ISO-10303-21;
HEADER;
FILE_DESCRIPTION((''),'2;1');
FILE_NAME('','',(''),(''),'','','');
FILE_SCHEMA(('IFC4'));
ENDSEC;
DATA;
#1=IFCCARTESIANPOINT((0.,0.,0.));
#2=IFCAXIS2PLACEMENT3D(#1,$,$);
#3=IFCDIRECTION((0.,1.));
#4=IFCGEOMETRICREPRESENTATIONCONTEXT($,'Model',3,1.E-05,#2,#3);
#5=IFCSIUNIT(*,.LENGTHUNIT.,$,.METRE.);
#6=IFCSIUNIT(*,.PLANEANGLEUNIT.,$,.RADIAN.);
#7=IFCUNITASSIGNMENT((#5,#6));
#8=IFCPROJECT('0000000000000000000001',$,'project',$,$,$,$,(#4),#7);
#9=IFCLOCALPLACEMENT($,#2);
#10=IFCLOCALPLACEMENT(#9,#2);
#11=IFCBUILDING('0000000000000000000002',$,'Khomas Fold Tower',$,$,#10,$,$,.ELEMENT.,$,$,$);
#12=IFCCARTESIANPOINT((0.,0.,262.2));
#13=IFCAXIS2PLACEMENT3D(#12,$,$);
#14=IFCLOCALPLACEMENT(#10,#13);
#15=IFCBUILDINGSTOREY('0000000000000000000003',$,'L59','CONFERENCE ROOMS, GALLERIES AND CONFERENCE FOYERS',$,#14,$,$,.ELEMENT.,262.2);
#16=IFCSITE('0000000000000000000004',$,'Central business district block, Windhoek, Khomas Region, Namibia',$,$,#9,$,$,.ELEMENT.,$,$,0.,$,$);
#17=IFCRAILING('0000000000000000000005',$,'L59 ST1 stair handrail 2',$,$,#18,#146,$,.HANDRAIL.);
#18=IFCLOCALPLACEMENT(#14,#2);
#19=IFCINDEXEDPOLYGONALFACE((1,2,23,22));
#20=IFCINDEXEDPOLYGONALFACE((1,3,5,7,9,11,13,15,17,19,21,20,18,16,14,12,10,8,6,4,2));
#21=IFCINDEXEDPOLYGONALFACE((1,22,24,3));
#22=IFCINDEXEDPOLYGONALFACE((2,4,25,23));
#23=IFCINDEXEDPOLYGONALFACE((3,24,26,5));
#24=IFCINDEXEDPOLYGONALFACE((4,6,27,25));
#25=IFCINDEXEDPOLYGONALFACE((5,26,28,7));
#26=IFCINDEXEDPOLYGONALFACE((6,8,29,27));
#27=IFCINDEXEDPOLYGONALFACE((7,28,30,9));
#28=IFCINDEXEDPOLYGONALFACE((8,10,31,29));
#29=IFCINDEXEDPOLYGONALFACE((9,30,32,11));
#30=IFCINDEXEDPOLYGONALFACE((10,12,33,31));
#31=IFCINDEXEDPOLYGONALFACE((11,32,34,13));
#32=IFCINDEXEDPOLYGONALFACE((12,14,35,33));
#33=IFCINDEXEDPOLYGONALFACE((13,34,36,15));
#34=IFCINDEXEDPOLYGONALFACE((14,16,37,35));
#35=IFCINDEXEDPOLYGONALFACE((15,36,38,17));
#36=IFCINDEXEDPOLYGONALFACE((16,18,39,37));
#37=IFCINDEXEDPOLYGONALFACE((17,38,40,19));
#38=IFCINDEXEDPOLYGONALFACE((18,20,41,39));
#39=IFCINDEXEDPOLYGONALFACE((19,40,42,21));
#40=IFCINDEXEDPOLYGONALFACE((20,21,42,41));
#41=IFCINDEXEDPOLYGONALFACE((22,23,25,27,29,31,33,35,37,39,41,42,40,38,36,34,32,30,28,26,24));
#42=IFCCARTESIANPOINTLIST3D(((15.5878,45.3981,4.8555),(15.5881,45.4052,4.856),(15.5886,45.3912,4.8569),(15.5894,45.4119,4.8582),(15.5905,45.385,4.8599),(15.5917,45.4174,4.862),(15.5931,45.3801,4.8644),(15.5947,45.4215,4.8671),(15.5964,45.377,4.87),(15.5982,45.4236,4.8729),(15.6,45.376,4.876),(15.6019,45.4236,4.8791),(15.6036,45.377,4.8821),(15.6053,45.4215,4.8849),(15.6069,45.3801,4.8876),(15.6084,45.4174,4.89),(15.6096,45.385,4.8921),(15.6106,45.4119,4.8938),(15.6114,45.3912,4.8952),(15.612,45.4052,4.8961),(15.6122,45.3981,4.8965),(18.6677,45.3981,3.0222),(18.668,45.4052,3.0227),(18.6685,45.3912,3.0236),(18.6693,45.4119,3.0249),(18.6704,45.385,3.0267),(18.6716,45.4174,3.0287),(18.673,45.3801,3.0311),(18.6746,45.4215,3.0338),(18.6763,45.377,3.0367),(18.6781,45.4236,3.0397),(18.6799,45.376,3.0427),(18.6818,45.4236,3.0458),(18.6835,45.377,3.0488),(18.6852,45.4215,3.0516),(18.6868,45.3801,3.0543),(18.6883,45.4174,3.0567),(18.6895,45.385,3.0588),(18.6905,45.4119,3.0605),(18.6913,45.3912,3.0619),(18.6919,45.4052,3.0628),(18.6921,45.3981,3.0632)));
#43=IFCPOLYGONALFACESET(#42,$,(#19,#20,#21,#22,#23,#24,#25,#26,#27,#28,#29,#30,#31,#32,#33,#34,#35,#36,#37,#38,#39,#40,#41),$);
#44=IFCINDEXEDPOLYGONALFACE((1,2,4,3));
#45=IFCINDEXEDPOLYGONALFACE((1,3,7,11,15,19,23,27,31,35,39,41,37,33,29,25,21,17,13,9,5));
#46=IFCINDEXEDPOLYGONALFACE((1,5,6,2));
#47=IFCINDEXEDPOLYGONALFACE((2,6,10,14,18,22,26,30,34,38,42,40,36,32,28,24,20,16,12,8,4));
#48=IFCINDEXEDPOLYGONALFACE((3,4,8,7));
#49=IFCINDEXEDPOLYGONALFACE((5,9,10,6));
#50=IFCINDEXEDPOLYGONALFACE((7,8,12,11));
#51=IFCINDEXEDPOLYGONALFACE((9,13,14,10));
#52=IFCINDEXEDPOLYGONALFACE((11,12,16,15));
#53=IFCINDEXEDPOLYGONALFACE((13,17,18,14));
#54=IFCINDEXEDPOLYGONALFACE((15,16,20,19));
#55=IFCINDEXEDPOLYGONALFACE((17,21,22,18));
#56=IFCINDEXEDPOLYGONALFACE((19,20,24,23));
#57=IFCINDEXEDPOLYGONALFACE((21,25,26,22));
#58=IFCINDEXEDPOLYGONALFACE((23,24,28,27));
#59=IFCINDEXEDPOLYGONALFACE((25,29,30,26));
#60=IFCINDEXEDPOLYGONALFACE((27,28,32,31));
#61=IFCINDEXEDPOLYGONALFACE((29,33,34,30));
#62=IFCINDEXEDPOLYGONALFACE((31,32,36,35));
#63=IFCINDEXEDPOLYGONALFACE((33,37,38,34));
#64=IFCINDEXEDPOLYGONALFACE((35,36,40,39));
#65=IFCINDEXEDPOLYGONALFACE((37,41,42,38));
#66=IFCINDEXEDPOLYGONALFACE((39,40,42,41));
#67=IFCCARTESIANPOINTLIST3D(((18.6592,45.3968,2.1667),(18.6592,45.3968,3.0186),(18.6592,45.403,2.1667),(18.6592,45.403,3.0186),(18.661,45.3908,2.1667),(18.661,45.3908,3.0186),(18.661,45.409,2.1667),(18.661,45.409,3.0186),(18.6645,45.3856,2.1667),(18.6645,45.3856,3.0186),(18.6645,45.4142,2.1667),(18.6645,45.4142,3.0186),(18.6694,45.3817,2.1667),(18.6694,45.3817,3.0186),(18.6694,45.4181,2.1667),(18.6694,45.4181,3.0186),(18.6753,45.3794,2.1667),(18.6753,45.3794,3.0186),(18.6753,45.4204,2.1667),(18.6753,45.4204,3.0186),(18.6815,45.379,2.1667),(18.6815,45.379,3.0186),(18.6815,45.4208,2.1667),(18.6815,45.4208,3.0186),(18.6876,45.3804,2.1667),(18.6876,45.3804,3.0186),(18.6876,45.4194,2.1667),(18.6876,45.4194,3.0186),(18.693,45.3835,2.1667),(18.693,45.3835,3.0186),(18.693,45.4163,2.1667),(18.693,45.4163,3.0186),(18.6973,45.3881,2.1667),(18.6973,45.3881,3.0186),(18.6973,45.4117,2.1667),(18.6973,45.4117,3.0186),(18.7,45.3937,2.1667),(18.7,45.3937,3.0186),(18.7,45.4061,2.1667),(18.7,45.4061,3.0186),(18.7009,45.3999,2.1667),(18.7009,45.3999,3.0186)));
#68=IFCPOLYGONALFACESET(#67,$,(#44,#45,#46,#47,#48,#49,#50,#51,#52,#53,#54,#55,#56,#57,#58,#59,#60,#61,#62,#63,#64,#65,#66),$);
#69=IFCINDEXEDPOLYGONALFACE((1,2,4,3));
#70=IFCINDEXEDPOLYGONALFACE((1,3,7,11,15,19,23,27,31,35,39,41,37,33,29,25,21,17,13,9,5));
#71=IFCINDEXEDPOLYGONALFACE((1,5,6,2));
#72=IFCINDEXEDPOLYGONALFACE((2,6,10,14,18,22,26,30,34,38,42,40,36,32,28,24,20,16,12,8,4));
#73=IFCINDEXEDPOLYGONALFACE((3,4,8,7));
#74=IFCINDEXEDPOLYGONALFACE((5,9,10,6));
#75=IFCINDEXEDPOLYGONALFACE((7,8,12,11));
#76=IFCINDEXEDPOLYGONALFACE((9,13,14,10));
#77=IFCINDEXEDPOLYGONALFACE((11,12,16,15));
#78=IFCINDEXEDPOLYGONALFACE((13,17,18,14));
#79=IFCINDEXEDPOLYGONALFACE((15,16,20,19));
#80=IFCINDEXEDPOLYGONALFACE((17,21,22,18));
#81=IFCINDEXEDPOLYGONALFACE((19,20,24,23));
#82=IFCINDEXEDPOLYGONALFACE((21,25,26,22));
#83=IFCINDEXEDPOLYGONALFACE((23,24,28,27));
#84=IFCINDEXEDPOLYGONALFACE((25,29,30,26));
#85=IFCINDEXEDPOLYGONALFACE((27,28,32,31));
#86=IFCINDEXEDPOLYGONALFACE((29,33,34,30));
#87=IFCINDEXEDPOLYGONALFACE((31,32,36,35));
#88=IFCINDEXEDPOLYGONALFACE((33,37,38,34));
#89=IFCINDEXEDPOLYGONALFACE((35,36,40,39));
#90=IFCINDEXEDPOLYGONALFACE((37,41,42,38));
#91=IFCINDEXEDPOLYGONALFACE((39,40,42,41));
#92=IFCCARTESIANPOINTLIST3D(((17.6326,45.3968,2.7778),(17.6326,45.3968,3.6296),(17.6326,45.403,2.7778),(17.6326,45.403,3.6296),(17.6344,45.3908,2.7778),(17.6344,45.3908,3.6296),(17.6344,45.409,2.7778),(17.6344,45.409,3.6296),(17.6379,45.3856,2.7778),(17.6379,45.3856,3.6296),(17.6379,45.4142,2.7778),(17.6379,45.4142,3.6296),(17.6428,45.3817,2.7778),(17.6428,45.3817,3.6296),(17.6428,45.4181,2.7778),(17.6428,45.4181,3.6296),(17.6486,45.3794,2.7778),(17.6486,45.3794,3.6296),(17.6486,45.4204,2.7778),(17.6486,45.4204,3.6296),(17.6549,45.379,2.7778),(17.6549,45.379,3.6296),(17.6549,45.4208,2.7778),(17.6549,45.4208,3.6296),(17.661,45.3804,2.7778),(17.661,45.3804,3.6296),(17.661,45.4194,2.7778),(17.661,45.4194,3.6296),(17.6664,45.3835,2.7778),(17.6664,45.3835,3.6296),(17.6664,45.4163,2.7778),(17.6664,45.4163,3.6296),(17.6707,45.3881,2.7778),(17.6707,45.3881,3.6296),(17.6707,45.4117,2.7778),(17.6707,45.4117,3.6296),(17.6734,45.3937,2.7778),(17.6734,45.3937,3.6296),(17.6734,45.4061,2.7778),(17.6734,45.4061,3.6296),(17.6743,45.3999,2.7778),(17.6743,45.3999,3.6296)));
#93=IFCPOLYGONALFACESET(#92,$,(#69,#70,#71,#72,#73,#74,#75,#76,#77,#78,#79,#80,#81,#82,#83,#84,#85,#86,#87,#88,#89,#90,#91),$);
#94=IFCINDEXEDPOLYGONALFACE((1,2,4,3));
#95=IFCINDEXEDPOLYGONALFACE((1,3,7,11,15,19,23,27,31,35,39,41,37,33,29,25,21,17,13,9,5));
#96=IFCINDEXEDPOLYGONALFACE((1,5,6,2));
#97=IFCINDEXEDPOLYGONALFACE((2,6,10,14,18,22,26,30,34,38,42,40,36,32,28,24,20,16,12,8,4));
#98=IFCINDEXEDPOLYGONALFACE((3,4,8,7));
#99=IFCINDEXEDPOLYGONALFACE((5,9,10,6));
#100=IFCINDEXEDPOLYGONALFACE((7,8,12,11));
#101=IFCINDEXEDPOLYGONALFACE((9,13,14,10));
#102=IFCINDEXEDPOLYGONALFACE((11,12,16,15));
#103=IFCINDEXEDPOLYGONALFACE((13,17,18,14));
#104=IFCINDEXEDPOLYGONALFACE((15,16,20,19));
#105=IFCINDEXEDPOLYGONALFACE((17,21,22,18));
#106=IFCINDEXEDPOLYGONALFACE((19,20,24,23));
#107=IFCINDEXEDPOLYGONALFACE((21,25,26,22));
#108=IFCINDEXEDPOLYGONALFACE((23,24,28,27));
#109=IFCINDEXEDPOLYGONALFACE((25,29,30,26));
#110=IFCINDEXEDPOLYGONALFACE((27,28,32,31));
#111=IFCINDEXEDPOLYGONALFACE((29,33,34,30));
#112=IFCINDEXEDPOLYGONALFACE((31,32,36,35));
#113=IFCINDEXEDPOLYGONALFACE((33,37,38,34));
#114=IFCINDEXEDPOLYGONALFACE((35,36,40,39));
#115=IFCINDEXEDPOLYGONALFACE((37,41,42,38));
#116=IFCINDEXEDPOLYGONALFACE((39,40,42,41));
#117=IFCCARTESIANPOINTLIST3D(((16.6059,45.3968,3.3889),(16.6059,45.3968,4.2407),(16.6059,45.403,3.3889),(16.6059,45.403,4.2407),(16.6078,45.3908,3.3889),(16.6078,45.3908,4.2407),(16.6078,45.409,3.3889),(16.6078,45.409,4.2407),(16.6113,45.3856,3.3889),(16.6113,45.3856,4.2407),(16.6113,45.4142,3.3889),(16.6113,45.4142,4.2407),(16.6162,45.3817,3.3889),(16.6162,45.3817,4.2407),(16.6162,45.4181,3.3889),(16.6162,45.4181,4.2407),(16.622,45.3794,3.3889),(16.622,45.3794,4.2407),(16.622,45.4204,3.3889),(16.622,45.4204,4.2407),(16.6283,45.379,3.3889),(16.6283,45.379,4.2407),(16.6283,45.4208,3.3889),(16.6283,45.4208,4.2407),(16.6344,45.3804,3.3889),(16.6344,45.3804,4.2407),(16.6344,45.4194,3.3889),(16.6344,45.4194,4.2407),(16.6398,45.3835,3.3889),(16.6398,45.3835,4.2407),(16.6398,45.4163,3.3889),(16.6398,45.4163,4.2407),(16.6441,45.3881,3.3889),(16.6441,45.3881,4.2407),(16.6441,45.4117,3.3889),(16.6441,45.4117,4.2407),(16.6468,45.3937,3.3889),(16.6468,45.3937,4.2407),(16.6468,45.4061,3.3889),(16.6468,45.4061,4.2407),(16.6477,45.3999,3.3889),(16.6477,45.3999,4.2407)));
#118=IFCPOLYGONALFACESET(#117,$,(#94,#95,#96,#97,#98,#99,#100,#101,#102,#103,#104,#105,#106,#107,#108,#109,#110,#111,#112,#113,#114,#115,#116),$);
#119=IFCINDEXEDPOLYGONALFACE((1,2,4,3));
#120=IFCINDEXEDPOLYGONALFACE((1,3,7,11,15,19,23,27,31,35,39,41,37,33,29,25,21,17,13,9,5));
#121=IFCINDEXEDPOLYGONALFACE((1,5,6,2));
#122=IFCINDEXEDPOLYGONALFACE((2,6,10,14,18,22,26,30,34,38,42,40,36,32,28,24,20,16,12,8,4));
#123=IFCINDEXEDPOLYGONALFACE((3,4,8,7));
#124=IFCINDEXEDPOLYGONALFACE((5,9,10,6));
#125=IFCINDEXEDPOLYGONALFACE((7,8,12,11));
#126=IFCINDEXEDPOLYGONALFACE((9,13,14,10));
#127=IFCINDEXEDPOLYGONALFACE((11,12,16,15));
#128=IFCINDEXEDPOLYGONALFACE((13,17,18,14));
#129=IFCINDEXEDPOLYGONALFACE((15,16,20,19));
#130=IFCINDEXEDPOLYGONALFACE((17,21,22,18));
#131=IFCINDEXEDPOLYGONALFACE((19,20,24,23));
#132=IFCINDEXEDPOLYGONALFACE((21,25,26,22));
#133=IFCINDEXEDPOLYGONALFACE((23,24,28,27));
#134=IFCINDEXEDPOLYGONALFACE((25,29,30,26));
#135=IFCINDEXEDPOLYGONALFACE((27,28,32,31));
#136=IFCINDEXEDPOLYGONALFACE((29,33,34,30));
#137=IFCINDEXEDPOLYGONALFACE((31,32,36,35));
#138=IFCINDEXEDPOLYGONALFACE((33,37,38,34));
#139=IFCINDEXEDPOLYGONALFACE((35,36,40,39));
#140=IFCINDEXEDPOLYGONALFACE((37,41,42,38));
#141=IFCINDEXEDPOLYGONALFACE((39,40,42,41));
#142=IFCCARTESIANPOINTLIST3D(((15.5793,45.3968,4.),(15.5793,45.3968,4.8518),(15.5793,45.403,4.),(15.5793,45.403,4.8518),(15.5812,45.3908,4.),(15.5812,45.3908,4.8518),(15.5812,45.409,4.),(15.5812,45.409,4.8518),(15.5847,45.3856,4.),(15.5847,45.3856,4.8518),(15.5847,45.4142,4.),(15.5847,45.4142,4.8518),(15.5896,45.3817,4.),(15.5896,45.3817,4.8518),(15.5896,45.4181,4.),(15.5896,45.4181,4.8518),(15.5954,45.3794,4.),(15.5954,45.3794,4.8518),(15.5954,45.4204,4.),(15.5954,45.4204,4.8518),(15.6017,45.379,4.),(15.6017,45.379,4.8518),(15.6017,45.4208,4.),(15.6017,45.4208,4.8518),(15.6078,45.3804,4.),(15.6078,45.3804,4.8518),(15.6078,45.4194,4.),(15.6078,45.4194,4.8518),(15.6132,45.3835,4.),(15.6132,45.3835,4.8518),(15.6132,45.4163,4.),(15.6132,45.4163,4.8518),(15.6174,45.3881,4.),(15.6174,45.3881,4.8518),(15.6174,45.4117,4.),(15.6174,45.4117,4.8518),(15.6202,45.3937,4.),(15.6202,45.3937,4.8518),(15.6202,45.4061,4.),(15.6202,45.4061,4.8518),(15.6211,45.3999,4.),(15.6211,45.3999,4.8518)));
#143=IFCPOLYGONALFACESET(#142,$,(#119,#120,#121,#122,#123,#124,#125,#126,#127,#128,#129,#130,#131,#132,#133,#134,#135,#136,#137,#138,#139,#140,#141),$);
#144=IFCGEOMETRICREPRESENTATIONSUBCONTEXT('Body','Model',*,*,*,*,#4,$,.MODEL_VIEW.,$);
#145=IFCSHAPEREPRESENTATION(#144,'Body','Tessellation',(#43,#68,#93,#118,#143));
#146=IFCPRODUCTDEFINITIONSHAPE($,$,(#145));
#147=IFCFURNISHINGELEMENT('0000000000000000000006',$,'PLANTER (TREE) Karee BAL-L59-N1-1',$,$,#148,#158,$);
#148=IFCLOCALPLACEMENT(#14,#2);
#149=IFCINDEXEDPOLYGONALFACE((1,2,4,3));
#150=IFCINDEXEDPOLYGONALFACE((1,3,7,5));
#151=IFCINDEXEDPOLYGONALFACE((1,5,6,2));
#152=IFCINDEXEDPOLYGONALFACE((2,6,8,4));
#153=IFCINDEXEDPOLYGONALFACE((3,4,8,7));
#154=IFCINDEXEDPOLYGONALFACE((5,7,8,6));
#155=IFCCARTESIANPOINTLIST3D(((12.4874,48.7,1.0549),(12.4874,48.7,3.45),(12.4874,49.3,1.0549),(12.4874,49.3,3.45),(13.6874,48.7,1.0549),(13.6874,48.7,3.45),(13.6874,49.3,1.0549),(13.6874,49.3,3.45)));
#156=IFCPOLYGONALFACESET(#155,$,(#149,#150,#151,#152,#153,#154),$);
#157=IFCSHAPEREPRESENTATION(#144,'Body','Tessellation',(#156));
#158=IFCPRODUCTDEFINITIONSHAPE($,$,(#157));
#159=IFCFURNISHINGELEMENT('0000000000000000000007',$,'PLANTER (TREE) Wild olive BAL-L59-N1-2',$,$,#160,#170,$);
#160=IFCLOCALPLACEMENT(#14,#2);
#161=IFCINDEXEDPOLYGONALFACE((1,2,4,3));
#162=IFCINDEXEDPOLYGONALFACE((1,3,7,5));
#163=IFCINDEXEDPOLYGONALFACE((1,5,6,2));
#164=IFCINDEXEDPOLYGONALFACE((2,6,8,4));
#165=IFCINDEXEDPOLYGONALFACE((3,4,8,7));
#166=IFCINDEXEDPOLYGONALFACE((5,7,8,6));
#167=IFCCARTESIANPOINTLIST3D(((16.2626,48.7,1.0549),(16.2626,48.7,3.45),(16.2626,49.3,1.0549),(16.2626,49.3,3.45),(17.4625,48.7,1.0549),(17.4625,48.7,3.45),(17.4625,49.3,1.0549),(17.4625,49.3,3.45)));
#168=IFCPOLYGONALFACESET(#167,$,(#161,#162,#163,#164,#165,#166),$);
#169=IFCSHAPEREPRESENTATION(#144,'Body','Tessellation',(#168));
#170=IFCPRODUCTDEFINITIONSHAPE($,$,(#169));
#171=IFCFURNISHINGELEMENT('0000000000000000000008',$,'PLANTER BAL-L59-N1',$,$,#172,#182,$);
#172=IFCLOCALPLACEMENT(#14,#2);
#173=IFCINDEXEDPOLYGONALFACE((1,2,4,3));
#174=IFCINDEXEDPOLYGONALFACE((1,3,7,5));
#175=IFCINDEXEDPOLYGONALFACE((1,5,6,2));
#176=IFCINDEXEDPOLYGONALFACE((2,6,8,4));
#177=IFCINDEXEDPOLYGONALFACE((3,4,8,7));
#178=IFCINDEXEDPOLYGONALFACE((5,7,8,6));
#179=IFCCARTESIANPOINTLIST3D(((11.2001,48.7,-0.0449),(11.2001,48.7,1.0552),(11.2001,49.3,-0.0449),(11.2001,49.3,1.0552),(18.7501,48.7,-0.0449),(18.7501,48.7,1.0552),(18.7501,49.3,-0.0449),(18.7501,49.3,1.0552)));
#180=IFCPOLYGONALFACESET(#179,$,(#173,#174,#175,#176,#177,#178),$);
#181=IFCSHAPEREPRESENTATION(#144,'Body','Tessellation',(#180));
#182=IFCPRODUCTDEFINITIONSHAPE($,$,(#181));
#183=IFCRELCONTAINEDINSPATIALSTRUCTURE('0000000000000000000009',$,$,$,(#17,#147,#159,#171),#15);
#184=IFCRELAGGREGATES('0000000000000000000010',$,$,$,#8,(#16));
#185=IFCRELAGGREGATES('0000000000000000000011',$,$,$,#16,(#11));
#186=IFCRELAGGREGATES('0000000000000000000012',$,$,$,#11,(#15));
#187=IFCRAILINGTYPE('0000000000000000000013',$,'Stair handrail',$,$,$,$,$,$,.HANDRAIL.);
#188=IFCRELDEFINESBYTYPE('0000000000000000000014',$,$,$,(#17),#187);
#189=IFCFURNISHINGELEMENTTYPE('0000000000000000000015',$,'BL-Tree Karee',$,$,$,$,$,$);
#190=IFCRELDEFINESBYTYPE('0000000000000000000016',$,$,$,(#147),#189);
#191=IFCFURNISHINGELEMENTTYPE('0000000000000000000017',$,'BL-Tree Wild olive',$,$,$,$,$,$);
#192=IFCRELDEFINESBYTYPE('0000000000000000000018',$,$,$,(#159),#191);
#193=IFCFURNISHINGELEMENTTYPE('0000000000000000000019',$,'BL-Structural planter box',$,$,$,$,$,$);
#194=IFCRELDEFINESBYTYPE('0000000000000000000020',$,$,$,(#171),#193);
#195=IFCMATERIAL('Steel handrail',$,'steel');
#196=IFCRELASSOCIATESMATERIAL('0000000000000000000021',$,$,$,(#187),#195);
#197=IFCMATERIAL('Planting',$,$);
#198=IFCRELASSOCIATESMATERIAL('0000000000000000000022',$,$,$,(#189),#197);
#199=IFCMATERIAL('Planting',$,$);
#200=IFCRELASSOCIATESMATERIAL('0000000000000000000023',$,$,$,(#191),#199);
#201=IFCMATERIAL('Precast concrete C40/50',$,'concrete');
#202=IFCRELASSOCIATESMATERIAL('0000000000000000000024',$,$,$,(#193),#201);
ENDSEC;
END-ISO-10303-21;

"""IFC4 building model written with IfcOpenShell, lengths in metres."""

from ifc_helpers import new_model, si_unit, direction, frame, origin, origin_2d, place, context, subcontext, project, spatial, rectangle, circle, extrude, source, transform, mapped, material, type_object, element, save


model = new_model("IFC4")

# Units and contexts
model_context = context("Model", 3, precision=1e-05, world=origin(), true_north=direction((0.0, 1.0)))
body_context = subcontext(model_context, "Body", "Model", "MODEL_VIEW")
ifc_project = project(units=[si_unit("LENGTHUNIT", "METRE"), si_unit("PLANEANGLEUNIT", "RADIAN")], contexts=[model_context])

# Site, building, storey
site_placement = place(None, origin())
site = spatial("IfcSite", under=ifc_project, at=site_placement, Name="Central business district block, Windhoek, Khomas Region, Namibia", CompositionType="ELEMENT", RefElevation=0.0)
building_placement = place(site_placement, origin())
building = spatial("IfcBuilding", under=site, at=building_placement, Name="Khomas Fold Tower", CompositionType="ELEMENT")
storey_placement = place(building_placement, frame((0.0, 0.0, 262.2)))
storey = spatial("IfcBuildingStorey", under=building, at=storey_placement, Name="L59", Description="CONFERENCE ROOMS, GALLERIES AND CONFERENCE FOYERS", CompositionType="ELEMENT", Elevation=262.2)

# Railing
ifc_material_1 = material(Name="Steel handrail", Category="steel")
railing_type_1 = type_object("IfcRailingType", Name="Stair handrail", PredefinedType="HANDRAIL", material=ifc_material_1)
shared_shape_1 = source(origin(), body_context, "Body", "SweptSolid", [
    extrude(circle(Radius=0.0239, at=origin_2d()), frame((0.0, 0.0, 0.876), z_axis=(-0.859291, 0.0, 0.511487), x_axis=(0.0, -1.0, 0.0)), (0.0, 0.0, 1.0), 3.5842),
    extrude(circle(Radius=0.021, at=origin_2d()), origin(), (0.0, 0.0, 1.0), 0.8518),
    extrude(circle(Radius=0.021, at=origin_2d()), frame((-1.0266, 0.0, 0.6111)), (0.0, 0.0, 1.0), 0.8518),
    extrude(circle(Radius=0.021, at=origin_2d()), frame((-2.0532, 0.0, 1.2222)), (0.0, 0.0, 1.0), 0.8518),
    extrude(circle(Radius=0.021, at=origin_2d()), frame((-3.0798, 0.0, 1.8333)), (0.0, 0.0, 1.0), 0.8518),
])
railing_1_placement = place(storey_placement, frame((18.6799, 45.3999, 2.1667)))
element("IfcRailing", 1, at=railing_1_placement, inside=storey, type_object=railing_type_1, Name="L59 ST1 stair handrail 2", PredefinedType="HANDRAIL", context=body_context, shape_type="MappedRepresentation", body=[
    mapped(shared_shape_1, transform((0.0, 0.0, 0.0))),
])

# Furnishing elements
ifc_material_2 = material(Name="Planting")
furnishing_element_type_1 = type_object("IfcFurnishingElementType", Name="BL-Tree Karee", material=ifc_material_2)
shared_shape_2 = source(origin(), body_context, "Body", "SweptSolid", [
    extrude(rectangle(XDim=1.2, YDim=0.6001, at=origin_2d()), origin(), (0.0, 0.0, 1.0), 2.395),
])
furnishing_1_placement = place(storey_placement, frame((13.0874, 49.0, 1.0549), z_axis=(0.0, 0.0, 1.0), x_axis=(1.0, 0.0, 0.0)))
element("IfcFurnishingElement", 2, at=furnishing_1_placement, inside=storey, type_object=furnishing_element_type_1, Name="PLANTER (TREE) Karee BAL-L59-N1-1", context=body_context, shape_type="MappedRepresentation", body=[
    mapped(shared_shape_2, transform((0.0, 0.0, 0.0))),
])
ifc_material_3 = material(Name="Planting")
furnishing_element_type_2 = type_object("IfcFurnishingElementType", Name="BL-Tree Wild olive", material=ifc_material_3)
furnishing_2_placement = place(storey_placement, frame((16.8625, 49.0, 1.0549), z_axis=(0.0, 0.0, 1.0), x_axis=(1.0, 0.0, 0.0)))
element("IfcFurnishingElement", 3, at=furnishing_2_placement, inside=storey, type_object=furnishing_element_type_2, Name="PLANTER (TREE) Wild olive BAL-L59-N1-2", context=body_context, shape_type="MappedRepresentation", body=[
    mapped(shared_shape_2, transform((0.0, 0.0, 0.0))),
])
ifc_material_4 = material(Name="Precast concrete C40/50", Category="concrete")
furnishing_element_type_3 = type_object("IfcFurnishingElementType", Name="BL-Structural planter box", material=ifc_material_4)
shared_shape_3 = source(origin(), body_context, "Body", "SweptSolid", [
    extrude(rectangle(XDim=7.55, YDim=0.6001, at=origin_2d()), origin(), (0.0, 0.0, 1.0), 1.1001),
])
furnishing_3_placement = place(storey_placement, frame((14.9751, 49.0, -0.0449), z_axis=(0.0, 0.0, 1.0), x_axis=(1.0, 0.0, 0.0)))
element("IfcFurnishingElement", 4, at=furnishing_3_placement, inside=storey, type_object=furnishing_element_type_3, Name="PLANTER BAL-L59-N1", context=body_context, shape_type="MappedRepresentation", body=[
    mapped(shared_shape_3, transform((0.0, 0.0, 0.0))),
])

save(model, "model.ifc")
